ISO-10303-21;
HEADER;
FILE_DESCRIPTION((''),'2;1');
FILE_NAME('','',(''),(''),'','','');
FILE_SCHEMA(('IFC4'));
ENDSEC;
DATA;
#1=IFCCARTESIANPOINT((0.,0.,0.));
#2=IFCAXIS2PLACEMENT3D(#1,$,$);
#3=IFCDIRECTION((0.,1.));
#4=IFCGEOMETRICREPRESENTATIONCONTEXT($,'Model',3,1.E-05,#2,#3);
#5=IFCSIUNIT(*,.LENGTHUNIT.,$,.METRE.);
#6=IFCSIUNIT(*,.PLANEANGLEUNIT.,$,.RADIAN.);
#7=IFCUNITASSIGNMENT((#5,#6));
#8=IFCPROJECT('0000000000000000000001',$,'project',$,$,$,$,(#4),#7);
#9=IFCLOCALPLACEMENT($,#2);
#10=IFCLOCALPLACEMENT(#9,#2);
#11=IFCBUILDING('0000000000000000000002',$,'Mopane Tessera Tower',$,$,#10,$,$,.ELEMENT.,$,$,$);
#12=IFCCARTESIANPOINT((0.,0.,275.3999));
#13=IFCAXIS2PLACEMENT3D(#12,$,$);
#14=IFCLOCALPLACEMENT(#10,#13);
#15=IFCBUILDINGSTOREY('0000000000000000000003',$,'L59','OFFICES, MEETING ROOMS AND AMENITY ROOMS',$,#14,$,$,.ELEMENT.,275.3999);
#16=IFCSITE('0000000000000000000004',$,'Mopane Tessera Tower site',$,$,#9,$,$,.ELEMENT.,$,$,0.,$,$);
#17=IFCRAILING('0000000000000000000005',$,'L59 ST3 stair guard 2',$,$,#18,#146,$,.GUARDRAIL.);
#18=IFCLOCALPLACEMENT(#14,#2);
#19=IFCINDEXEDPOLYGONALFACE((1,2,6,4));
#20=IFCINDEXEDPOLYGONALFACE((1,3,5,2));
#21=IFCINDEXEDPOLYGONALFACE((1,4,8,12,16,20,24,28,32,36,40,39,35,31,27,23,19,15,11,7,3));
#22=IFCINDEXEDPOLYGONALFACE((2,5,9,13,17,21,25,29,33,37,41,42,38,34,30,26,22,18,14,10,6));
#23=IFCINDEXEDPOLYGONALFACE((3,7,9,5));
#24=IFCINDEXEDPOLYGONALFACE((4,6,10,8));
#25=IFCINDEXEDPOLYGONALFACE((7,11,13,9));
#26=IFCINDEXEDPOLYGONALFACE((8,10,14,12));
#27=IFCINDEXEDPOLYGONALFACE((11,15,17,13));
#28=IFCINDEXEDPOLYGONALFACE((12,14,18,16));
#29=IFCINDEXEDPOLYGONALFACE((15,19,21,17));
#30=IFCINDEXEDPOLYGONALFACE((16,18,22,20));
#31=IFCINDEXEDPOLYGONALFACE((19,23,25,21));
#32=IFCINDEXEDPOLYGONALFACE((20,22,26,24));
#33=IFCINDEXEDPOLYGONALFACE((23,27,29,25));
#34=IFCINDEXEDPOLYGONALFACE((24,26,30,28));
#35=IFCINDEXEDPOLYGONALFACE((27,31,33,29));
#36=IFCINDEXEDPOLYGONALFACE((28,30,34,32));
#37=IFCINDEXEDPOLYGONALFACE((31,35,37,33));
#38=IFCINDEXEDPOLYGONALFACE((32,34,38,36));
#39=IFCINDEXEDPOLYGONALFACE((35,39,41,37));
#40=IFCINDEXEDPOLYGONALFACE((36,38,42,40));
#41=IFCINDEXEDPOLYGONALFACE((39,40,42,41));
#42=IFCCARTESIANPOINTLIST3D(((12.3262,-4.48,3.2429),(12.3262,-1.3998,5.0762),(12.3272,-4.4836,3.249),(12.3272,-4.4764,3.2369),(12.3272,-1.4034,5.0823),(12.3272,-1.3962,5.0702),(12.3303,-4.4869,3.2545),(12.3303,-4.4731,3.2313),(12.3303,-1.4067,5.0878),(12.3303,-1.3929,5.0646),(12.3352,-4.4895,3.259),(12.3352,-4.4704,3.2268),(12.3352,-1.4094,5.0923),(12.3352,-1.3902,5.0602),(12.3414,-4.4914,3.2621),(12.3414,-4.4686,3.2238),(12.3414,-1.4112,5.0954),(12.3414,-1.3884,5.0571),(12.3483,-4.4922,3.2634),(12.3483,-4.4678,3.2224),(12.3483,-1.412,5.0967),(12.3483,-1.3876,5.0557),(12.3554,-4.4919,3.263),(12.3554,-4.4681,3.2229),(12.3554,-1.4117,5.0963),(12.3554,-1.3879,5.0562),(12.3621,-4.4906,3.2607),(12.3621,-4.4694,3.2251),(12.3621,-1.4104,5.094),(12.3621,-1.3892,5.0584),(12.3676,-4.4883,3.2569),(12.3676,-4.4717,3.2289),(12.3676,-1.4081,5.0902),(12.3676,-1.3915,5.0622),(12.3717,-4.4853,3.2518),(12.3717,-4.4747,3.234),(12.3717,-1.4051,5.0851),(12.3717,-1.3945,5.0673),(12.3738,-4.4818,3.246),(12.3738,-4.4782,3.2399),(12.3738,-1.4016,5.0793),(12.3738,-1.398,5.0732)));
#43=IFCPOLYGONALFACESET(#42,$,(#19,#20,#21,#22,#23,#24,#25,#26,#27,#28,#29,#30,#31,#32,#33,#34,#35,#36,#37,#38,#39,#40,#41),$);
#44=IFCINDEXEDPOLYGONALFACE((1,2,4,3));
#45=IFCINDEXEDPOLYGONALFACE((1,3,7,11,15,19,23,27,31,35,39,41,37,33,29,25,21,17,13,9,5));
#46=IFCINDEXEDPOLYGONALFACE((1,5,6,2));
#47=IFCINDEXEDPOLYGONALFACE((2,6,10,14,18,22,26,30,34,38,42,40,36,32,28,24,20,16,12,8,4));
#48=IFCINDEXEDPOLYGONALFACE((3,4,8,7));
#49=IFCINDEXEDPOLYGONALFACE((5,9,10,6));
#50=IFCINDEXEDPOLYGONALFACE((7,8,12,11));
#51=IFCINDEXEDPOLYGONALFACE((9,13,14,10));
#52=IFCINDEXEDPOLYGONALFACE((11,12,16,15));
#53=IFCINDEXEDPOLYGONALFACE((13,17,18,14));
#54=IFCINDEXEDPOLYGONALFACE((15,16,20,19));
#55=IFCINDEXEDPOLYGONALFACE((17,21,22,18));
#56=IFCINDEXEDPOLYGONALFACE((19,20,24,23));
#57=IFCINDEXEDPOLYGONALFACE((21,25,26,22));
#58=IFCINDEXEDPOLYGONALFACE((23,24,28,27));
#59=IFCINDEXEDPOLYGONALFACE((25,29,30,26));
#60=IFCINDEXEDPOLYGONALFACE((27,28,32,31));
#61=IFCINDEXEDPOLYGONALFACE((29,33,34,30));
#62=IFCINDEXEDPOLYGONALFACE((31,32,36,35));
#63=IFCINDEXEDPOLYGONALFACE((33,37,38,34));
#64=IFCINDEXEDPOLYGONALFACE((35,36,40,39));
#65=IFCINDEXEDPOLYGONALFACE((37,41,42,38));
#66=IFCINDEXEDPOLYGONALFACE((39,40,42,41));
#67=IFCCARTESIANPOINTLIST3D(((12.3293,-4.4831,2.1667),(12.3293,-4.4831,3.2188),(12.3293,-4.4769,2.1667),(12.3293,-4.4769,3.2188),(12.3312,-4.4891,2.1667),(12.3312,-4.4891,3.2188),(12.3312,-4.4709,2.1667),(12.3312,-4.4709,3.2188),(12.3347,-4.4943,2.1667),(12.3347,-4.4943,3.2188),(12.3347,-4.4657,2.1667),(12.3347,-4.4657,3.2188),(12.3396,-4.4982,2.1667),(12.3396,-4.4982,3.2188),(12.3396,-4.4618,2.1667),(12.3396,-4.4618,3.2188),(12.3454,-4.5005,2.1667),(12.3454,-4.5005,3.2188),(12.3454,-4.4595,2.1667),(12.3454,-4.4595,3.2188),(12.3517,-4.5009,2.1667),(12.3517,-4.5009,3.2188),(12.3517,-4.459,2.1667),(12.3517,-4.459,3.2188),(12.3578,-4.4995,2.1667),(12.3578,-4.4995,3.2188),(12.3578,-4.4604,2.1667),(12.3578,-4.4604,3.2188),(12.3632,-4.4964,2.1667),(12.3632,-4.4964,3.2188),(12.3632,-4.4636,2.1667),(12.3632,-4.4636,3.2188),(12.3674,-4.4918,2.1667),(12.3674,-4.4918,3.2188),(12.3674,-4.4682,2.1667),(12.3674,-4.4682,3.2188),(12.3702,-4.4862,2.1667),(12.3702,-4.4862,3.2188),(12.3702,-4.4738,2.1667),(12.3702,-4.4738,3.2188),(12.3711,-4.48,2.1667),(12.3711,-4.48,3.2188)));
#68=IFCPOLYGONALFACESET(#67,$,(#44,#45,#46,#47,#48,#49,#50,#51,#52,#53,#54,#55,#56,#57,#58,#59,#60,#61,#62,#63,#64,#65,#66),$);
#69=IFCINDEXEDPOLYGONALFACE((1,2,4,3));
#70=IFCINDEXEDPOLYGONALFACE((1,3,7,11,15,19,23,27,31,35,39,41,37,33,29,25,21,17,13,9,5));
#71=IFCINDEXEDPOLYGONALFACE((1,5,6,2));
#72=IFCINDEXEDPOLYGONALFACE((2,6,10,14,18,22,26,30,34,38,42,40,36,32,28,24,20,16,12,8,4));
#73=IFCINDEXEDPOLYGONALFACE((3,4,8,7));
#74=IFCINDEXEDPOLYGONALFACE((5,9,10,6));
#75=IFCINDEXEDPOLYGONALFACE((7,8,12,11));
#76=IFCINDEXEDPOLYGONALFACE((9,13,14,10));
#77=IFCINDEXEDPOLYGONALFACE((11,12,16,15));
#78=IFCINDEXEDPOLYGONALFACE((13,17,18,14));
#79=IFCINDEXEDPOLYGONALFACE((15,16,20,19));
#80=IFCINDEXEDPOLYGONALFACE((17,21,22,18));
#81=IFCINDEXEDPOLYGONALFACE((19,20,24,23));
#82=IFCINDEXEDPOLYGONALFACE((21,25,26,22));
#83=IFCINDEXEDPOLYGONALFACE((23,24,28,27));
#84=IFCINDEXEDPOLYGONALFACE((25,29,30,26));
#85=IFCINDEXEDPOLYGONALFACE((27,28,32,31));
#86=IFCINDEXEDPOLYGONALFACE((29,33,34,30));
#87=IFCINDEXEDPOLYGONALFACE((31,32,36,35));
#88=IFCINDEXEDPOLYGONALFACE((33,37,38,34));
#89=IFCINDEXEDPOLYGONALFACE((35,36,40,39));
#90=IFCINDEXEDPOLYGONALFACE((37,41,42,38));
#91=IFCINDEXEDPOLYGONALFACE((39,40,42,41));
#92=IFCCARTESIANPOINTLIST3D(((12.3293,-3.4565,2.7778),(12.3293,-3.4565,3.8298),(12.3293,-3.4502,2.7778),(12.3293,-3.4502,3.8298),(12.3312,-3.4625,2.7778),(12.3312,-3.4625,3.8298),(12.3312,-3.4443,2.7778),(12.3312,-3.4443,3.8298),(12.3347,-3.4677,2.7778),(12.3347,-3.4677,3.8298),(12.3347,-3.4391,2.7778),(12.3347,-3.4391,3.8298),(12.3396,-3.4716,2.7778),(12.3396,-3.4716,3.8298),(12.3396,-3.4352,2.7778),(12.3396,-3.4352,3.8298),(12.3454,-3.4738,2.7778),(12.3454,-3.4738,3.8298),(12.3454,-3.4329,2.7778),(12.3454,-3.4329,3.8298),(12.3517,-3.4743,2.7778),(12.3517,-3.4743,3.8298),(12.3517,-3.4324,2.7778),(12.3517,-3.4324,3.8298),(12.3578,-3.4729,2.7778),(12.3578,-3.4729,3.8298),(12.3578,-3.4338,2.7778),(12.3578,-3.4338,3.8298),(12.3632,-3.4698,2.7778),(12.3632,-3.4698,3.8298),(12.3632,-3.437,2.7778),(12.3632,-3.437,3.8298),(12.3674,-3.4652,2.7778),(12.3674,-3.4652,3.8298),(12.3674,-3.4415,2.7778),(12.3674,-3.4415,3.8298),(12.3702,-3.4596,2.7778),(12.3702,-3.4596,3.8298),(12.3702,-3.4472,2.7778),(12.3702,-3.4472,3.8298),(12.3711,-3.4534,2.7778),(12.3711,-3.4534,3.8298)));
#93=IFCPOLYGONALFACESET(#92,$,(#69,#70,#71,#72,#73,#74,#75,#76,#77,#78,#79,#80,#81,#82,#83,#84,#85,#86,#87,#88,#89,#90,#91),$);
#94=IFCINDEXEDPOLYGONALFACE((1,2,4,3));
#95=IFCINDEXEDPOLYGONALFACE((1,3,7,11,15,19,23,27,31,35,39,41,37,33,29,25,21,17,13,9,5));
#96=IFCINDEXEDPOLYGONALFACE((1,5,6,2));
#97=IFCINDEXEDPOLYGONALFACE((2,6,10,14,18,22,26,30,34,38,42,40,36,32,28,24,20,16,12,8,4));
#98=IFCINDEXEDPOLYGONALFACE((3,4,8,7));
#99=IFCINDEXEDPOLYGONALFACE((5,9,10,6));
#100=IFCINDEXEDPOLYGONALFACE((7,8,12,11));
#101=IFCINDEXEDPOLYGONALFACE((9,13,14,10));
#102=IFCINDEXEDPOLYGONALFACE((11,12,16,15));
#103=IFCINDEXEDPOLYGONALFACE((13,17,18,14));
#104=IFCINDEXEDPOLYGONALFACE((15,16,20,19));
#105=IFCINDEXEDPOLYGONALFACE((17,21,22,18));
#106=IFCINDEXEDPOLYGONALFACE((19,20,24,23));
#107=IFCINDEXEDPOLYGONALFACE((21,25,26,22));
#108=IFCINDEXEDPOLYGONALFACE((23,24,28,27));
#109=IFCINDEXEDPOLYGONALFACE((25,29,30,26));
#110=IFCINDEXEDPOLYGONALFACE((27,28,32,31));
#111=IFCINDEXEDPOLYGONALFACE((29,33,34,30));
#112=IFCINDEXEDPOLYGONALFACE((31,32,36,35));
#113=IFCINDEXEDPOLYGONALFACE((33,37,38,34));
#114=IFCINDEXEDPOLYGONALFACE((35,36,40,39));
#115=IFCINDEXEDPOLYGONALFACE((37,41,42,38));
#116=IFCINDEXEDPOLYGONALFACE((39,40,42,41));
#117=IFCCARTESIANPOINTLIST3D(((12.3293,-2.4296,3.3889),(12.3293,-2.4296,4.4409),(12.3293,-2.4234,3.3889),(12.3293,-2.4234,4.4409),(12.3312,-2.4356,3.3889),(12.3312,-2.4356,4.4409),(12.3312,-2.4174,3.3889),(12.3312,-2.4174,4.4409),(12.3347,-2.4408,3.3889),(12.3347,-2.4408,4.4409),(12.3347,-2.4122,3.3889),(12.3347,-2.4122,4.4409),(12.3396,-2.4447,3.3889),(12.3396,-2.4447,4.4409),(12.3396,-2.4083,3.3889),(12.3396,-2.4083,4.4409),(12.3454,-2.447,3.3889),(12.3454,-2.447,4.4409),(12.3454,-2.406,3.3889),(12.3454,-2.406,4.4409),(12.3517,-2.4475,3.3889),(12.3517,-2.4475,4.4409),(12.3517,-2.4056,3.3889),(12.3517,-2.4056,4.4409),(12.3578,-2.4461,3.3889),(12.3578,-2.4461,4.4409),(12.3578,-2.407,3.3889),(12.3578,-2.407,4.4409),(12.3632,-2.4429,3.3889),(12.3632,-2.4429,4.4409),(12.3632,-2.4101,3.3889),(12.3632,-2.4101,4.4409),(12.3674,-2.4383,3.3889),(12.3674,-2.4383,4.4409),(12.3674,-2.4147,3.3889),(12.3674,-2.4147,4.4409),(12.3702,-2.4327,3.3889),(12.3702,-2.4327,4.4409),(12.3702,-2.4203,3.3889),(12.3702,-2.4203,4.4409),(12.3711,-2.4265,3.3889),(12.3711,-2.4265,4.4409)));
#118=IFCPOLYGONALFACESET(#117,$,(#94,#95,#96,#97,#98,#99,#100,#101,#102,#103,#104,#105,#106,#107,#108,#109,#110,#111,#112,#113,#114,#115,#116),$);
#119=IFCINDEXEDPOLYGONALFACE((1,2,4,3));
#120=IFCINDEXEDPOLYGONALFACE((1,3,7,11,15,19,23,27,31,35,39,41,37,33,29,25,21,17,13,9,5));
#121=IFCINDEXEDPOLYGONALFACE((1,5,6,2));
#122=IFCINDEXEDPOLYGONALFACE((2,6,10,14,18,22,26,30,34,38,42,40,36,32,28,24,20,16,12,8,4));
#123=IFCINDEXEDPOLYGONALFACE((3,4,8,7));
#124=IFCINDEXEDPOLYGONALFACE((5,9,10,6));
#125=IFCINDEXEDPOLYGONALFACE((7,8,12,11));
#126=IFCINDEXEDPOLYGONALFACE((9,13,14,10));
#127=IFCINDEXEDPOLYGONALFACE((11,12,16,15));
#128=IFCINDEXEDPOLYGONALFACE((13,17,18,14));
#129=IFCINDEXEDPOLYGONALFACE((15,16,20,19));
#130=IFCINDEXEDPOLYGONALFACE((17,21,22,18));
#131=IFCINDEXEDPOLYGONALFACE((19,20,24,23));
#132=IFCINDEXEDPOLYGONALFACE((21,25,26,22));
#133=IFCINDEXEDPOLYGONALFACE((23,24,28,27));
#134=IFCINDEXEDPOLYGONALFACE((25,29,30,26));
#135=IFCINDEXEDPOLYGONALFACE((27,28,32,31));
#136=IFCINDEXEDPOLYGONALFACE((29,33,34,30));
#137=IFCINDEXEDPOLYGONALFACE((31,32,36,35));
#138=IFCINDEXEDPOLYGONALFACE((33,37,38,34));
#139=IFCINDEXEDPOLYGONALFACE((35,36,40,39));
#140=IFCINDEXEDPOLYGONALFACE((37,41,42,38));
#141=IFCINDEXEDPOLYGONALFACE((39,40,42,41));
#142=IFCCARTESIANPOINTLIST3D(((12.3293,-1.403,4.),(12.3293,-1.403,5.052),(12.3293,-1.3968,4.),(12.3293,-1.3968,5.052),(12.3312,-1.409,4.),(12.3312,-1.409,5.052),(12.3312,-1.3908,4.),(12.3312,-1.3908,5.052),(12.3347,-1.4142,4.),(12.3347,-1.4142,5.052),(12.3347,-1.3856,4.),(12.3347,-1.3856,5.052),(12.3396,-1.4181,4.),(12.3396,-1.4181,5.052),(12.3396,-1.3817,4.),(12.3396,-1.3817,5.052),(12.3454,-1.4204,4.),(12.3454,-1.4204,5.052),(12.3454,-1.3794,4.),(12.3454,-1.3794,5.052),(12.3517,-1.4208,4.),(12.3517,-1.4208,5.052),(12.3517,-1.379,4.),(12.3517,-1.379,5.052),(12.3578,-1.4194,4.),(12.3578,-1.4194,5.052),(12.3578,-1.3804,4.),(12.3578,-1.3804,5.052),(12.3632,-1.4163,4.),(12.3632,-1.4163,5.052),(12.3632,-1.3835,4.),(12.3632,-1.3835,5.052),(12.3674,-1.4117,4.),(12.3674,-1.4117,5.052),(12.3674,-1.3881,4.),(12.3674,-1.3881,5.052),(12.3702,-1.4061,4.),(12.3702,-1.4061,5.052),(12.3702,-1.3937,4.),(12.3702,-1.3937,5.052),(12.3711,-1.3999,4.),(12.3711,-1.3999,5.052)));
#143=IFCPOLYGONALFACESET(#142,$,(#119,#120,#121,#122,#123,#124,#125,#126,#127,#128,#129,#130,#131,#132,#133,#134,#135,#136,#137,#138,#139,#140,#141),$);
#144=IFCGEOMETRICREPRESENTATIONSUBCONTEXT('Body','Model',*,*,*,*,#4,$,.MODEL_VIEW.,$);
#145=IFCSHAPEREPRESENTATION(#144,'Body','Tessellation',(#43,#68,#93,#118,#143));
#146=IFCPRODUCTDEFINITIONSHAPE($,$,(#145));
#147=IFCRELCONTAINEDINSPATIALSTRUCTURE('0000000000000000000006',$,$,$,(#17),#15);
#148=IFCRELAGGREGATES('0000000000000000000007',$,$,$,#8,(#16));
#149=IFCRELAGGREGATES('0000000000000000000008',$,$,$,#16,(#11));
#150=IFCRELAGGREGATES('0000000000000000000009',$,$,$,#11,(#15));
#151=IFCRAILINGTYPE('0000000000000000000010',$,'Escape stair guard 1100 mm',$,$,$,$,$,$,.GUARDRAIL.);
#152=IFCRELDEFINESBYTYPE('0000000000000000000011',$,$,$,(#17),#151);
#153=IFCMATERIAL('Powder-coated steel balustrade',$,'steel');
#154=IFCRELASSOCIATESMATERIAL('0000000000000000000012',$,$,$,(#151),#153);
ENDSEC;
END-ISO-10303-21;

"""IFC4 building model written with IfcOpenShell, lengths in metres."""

from ifc_helpers import new_model, si_unit, direction, frame, origin, origin_2d, place, context, subcontext, project, spatial, circle, extrude, material, type_object, element, save


model = new_model("IFC4")

# Units and contexts
model_context = context("Model", 3, precision=1e-05, world=origin(), true_north=direction((0.0, 1.0)))
body_context = subcontext(model_context, "Body", "Model", "MODEL_VIEW")
ifc_project = project(units=[si_unit("LENGTHUNIT", "METRE"), si_unit("PLANEANGLEUNIT", "RADIAN")], contexts=[model_context])

# Site, building, storey
site_placement = place(None, origin())
site = spatial("IfcSite", under=ifc_project, at=site_placement, Name="Mopane Tessera Tower site", CompositionType="ELEMENT", RefElevation=0.0)
building_placement = place(site_placement, origin())
building = spatial("IfcBuilding", under=site, at=building_placement, Name="Mopane Tessera Tower", CompositionType="ELEMENT")
storey_placement = place(building_placement, frame((0.0, 0.0, 275.3999)))
storey = spatial("IfcBuildingStorey", under=building, at=storey_placement, Name="L59", Description="OFFICES, MEETING ROOMS AND AMENITY ROOMS", CompositionType="ELEMENT", Elevation=275.3999)

# Railing
ifc_material_1 = material(Name="Powder-coated steel balustrade", Category="steel")
railing_type_1 = type_object("IfcRailingType", Name="Escape stair guard 1100 mm", PredefinedType="GUARDRAIL", material=ifc_material_1)
railing_1_placement = place(storey_placement, frame((12.3501, -4.48, 2.1667)))
element("IfcRailing", 1, at=railing_1_placement, inside=storey, type_object=railing_type_1, Name="L59 ST3 stair guard 2", PredefinedType="GUARDRAIL", context=body_context, shape_type="SweptSolid", body=[
    extrude(circle(Radius=0.0239, at=origin_2d()), frame((0.0, 0.0, 1.0762), z_axis=(0.0, 0.859309, 0.511458), x_axis=(-1.0, 0.0, 0.0)), (0.0, 0.0, 1.0), 3.5845),
    extrude(circle(Radius=0.021, at=origin_2d()), origin(), (0.0, 0.0, 1.0), 1.052),
    extrude(circle(Radius=0.021, at=origin_2d()), frame((0.0, 1.0266, 0.6111)), (0.0, 0.0, 1.0), 1.052),
    extrude(circle(Radius=0.021, at=origin_2d()), frame((0.0, 2.0535, 1.2222)), (0.0, 0.0, 1.0), 1.052),
    extrude(circle(Radius=0.021, at=origin_2d()), frame((0.0, 3.0801, 1.8333)), (0.0, 0.0, 1.0), 1.052),
])

save(model, "model.ifc")
